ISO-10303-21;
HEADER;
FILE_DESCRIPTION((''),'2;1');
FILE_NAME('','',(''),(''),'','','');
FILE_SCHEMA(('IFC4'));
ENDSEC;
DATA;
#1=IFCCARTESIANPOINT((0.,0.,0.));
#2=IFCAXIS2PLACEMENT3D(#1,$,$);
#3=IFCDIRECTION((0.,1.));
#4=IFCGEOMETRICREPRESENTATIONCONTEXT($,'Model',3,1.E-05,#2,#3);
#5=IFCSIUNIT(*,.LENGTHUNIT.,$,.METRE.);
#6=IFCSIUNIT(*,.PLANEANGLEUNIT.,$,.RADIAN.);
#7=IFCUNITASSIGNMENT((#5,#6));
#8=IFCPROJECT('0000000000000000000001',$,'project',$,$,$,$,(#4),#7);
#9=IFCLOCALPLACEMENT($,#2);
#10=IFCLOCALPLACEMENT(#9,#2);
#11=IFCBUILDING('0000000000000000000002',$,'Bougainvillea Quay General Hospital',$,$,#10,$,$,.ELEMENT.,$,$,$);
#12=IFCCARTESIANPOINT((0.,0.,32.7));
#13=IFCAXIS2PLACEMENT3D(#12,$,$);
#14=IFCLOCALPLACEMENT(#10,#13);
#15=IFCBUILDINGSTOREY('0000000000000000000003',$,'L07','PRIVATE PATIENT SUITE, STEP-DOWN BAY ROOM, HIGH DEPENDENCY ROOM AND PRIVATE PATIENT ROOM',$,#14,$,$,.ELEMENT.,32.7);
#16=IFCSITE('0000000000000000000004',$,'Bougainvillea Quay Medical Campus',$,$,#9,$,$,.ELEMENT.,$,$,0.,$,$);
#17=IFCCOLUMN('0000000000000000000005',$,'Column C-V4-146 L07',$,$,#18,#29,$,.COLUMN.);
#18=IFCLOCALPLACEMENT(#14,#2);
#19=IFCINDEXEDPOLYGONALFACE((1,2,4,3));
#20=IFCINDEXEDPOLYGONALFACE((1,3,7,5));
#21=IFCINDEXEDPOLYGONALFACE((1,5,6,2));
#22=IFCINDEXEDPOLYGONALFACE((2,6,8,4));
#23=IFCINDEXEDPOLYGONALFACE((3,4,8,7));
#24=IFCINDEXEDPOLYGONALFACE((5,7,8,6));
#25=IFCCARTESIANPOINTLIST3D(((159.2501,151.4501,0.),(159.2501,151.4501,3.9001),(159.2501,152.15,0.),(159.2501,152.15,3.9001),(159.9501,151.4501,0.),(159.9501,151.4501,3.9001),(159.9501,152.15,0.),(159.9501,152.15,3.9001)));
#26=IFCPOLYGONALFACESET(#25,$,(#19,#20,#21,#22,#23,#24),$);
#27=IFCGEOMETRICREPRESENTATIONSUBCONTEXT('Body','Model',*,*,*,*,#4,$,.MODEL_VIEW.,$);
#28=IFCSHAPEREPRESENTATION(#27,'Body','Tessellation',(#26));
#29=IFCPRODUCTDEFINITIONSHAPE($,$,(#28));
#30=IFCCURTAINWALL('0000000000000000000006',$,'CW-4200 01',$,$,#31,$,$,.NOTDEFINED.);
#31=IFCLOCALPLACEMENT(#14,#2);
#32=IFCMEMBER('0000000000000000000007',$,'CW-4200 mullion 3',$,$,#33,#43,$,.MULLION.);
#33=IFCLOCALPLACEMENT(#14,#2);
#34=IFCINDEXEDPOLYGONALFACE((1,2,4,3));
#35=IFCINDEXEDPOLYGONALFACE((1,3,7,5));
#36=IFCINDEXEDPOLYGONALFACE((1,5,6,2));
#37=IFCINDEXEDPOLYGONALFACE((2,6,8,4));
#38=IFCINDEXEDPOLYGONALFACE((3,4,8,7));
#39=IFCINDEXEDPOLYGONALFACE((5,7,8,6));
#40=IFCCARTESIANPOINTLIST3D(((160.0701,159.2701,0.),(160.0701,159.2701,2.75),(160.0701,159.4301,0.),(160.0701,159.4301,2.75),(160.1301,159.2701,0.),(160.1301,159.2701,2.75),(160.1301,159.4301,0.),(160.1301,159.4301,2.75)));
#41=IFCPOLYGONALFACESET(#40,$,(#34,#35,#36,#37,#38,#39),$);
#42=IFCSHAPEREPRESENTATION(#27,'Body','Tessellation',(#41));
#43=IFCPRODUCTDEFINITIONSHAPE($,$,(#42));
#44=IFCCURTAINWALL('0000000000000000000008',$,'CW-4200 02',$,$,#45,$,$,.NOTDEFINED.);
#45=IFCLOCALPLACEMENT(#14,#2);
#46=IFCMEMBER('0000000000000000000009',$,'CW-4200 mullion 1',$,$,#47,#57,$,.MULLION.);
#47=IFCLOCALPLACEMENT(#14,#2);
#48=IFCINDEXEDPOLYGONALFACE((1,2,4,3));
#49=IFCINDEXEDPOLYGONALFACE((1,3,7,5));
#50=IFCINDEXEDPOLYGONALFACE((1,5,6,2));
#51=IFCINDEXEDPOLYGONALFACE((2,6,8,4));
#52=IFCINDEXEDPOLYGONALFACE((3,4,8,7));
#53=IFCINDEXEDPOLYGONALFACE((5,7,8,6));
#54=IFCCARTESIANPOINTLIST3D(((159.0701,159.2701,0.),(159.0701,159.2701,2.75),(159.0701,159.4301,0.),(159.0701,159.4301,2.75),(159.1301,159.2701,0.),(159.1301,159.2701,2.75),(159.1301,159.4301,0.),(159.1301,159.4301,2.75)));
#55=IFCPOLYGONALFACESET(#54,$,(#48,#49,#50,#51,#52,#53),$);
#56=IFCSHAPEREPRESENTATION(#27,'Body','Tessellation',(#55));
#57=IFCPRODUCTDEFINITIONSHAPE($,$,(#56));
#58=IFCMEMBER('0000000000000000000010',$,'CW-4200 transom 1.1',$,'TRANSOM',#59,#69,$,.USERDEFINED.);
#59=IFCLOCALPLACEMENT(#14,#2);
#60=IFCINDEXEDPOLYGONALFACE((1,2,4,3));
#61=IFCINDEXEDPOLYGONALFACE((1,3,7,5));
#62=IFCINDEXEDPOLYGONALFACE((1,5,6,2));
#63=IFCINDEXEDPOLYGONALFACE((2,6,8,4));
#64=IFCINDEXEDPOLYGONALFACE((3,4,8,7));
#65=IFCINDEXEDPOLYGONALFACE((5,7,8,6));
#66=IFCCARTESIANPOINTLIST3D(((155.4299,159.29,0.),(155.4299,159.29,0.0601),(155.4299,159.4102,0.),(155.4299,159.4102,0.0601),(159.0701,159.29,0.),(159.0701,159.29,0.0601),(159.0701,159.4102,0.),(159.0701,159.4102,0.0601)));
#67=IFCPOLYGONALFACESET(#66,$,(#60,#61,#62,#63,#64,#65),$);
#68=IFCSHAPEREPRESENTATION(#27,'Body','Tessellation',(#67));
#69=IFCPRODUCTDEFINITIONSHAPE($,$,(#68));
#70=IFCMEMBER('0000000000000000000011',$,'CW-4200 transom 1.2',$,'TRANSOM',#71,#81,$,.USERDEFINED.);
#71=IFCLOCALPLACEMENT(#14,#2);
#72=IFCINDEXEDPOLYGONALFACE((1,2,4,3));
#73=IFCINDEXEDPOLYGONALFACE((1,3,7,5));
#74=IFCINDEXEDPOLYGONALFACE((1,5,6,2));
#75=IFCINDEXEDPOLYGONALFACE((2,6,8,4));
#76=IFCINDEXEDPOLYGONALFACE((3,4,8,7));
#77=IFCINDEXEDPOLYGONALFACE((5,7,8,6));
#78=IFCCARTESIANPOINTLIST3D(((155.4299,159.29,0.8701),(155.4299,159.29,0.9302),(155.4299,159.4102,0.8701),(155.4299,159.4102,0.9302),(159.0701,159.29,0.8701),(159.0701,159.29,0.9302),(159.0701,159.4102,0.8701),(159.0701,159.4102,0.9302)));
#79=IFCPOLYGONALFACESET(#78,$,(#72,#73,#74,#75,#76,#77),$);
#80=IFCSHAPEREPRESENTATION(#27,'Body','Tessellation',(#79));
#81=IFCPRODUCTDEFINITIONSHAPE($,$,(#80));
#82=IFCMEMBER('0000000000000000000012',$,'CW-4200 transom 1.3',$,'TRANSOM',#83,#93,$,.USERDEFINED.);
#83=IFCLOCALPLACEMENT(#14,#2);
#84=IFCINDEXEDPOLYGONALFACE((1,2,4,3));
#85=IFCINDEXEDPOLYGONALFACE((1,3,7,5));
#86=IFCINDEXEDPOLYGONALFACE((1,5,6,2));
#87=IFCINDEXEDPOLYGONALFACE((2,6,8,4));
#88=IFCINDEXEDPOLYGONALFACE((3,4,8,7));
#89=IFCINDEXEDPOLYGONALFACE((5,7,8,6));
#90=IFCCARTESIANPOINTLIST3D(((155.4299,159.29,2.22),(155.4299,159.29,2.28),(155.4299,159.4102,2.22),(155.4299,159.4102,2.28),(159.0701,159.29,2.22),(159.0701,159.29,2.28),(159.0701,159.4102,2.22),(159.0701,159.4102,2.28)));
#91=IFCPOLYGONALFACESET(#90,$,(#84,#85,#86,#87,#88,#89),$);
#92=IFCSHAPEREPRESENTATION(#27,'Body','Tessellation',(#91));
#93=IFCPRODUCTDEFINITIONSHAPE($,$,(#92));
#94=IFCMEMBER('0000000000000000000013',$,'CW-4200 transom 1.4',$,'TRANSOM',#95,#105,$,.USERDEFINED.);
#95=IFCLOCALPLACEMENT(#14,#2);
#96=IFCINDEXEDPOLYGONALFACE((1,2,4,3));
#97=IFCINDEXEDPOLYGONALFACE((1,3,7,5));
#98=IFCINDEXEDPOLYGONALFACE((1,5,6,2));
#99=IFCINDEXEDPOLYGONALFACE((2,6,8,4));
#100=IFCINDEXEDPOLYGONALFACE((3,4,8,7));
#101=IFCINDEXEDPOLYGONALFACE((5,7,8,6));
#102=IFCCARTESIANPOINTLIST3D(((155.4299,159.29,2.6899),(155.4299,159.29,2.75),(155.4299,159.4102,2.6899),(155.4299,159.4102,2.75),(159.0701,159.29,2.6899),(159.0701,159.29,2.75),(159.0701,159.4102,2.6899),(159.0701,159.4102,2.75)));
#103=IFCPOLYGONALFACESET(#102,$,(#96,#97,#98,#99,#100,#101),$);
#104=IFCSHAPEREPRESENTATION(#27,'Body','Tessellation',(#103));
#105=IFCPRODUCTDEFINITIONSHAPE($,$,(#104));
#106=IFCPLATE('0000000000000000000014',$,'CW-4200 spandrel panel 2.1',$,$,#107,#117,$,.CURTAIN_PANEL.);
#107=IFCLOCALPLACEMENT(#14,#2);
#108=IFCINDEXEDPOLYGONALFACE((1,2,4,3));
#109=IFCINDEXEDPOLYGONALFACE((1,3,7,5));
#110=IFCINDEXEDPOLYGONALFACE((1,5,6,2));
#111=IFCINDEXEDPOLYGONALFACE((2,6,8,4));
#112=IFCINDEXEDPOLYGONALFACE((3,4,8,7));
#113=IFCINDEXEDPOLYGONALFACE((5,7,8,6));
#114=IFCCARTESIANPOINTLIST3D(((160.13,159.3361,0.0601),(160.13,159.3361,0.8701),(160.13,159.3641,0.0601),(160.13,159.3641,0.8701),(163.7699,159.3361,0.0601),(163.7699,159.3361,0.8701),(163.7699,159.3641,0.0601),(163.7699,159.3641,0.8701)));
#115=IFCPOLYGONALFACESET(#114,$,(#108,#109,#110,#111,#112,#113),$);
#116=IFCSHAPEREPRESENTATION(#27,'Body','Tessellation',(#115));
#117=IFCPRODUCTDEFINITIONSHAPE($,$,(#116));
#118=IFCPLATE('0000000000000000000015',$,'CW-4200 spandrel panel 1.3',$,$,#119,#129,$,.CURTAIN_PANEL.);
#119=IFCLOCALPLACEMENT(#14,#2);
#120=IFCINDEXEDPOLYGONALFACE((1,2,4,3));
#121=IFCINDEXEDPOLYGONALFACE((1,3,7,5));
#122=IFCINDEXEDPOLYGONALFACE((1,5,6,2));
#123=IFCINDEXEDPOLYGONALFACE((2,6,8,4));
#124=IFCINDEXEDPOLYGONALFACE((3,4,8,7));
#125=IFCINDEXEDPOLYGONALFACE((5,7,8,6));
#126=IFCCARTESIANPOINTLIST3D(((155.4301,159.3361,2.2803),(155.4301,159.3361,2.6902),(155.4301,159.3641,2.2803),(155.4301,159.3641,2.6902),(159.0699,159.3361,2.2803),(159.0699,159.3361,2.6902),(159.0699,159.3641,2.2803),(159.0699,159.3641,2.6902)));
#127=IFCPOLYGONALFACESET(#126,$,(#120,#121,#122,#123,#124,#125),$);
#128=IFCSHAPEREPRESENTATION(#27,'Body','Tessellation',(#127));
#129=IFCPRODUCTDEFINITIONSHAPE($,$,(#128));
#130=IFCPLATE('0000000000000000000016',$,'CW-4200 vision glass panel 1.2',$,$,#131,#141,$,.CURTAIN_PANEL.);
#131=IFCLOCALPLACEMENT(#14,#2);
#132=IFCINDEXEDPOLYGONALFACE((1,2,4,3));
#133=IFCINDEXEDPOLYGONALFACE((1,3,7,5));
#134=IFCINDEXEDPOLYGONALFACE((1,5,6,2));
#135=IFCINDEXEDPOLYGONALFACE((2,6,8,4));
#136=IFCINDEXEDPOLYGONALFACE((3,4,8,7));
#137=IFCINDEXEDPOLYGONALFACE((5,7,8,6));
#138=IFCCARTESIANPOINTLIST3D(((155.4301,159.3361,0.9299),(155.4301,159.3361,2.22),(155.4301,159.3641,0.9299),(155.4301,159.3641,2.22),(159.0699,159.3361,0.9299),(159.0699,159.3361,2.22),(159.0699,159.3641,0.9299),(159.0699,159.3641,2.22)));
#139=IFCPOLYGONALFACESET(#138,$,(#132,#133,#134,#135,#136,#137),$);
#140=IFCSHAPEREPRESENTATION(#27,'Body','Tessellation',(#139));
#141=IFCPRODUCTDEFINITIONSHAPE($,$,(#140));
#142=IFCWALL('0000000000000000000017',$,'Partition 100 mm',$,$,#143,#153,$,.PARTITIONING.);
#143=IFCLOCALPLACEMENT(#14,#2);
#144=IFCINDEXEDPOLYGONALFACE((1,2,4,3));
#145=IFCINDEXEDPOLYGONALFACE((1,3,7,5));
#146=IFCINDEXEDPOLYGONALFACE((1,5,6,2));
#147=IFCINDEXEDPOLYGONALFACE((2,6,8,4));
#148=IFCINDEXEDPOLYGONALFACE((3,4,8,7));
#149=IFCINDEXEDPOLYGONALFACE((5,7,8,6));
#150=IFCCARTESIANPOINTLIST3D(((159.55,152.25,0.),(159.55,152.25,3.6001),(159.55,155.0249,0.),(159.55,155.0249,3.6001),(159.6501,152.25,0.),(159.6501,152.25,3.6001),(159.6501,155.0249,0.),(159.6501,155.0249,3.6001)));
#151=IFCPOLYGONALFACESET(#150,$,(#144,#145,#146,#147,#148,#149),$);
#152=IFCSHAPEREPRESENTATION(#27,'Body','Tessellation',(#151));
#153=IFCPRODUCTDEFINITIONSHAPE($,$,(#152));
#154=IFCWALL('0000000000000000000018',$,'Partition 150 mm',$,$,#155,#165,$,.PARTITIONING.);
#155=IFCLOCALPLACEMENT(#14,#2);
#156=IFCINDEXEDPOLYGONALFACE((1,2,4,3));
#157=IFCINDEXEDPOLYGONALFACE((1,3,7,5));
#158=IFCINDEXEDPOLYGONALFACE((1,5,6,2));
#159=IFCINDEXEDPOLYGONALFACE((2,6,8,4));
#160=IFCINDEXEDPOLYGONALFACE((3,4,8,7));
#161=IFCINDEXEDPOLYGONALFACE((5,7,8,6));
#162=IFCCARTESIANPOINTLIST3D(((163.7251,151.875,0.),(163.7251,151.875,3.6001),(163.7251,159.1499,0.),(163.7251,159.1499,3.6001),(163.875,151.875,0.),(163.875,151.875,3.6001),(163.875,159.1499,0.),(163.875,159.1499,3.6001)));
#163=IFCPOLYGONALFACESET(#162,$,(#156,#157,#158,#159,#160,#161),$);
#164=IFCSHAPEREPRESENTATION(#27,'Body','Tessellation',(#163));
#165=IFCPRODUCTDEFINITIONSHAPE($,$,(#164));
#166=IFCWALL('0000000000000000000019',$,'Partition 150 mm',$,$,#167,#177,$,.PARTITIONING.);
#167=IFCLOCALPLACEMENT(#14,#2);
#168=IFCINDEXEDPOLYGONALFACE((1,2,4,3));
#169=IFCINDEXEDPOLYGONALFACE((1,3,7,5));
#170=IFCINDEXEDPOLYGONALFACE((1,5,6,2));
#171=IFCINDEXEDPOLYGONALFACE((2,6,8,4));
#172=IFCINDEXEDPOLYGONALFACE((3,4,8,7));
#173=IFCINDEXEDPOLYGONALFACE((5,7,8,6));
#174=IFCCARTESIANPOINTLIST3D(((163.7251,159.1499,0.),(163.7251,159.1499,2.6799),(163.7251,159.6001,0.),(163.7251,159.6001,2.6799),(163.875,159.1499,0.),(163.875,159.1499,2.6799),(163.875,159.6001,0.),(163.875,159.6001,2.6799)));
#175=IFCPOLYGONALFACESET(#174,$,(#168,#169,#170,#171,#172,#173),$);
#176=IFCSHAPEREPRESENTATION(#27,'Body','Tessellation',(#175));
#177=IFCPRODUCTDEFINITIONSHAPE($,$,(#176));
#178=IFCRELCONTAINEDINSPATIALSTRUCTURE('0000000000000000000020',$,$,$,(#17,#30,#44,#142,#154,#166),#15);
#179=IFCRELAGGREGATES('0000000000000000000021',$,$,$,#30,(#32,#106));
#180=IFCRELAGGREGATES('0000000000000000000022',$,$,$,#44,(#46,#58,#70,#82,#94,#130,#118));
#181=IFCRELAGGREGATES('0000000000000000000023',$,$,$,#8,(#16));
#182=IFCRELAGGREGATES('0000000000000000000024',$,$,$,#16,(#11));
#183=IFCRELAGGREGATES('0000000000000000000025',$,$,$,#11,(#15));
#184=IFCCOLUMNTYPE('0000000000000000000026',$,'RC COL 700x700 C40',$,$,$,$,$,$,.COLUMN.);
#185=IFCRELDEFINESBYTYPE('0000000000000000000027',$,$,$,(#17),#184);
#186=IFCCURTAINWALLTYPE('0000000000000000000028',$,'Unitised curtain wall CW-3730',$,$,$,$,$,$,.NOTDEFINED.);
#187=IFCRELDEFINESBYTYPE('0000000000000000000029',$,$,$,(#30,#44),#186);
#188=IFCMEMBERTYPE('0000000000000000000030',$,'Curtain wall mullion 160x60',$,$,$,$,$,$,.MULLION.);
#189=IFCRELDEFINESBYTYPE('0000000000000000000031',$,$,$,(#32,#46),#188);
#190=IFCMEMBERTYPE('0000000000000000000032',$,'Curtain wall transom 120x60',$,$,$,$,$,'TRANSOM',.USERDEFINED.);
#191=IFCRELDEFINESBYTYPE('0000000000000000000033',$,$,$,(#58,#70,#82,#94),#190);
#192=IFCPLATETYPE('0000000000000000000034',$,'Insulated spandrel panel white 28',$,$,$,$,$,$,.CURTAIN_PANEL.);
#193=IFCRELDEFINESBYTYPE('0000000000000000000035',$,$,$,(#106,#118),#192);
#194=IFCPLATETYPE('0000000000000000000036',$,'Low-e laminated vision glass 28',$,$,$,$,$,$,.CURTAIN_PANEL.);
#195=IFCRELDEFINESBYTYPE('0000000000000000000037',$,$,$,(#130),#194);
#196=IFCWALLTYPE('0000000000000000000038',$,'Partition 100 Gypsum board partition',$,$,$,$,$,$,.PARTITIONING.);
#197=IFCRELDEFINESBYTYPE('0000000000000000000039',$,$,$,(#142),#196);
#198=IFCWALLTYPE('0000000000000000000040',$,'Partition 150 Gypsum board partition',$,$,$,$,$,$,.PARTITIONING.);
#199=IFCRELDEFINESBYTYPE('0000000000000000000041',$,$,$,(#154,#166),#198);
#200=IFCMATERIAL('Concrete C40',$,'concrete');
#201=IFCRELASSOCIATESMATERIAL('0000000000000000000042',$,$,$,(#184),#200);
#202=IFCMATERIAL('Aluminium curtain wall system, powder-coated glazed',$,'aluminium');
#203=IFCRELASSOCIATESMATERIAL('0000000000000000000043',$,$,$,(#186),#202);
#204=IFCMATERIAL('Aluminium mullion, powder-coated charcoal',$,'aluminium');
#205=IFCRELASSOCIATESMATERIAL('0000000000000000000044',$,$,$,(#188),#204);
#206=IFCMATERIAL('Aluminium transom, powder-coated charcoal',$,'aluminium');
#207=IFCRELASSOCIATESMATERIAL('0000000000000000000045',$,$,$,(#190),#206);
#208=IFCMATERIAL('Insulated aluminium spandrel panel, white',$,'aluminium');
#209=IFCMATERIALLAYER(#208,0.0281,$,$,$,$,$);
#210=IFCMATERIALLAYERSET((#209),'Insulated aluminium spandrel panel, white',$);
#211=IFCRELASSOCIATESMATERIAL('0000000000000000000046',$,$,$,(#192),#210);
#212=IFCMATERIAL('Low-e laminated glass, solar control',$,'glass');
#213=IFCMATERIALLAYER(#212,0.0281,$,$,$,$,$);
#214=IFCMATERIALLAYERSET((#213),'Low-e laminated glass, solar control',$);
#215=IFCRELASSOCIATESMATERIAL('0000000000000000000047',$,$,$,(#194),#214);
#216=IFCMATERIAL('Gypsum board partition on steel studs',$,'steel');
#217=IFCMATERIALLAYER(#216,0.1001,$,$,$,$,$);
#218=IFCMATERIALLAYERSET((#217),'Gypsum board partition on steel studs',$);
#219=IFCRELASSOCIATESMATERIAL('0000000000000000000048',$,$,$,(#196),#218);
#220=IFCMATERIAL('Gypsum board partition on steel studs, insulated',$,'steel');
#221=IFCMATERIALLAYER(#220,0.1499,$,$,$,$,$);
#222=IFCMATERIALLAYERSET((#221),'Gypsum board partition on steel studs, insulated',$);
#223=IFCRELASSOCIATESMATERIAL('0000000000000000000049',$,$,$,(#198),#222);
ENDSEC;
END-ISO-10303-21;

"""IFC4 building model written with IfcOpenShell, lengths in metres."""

from ifc_helpers import new_model, si_unit, direction, frame, frame_2d, origin, origin_2d, place, context, subcontext, project, spatial, rectangle, extrude, material, layer, layer_set, material_profile, profile_set, type_object, element, aggregate, save


model = new_model("IFC4")

# Units and contexts
model_context = context("Model", 3, precision=1e-05, world=origin(), true_north=direction((0.0, 1.0)))
body_context = subcontext(model_context, "Body", "Model", "MODEL_VIEW")
ifc_project = project(units=[si_unit("LENGTHUNIT", "METRE"), si_unit("PLANEANGLEUNIT", "RADIAN")], contexts=[model_context])

# Site, building, storey
site_placement = place(None, origin())
site = spatial("IfcSite", under=ifc_project, at=site_placement, Name="Bougainvillea Quay Medical Campus", CompositionType="ELEMENT", RefElevation=0.0)
building_placement = place(site_placement, origin())
building = spatial("IfcBuilding", under=site, at=building_placement, Name="Bougainvillea Quay General Hospital", CompositionType="ELEMENT")
storey_placement = place(building_placement, frame((0.0, 0.0, 32.7)))
storey = spatial("IfcBuildingStorey", under=building, at=storey_placement, Name="L07", Description="PRIVATE PATIENT SUITE, STEP-DOWN BAY ROOM, HIGH DEPENDENCY ROOM AND PRIVATE PATIENT ROOM", CompositionType="ELEMENT", Elevation=32.7)

# Column
ifc_material_1 = material(Name="Concrete C40", Category="concrete")
ifc_material_profile_1 = material_profile(ifc_material_1, rectangle(XDim=0.7, YDim=0.7, at=origin_2d()))
ifc_profile_set_1 = profile_set([ifc_material_profile_1], Name="Concrete C40")
column_type = type_object("IfcColumnType", Name="RC COL 700x700 C40", PredefinedType="COLUMN", material=ifc_profile_set_1)
column_placement = place(storey_placement, frame((159.6001, 151.8, 0.0), z_axis=(0.0, 0.0, 1.0), x_axis=(1.0, 0.0, 0.0)))
element("IfcColumn", 1, at=column_placement, inside=storey, type_object=column_type, Name="Column C-V4-146 L07", PredefinedType="COLUMN", context=body_context, shape_type="SweptSolid", body=[
    extrude(rectangle(XDim=0.7, YDim=0.7, at=origin_2d()), origin(), (0.0, 0.0, 1.0), 3.9001),
])

# Curtain wall, member
ifc_material_2 = material(Name="Aluminium curtain wall system, powder-coated glazed", Category="aluminium")
curtain_wall_type = type_object("IfcCurtainWallType", Name="Unitised curtain wall CW-3730", PredefinedType="NOTDEFINED", material=ifc_material_2)
curtain_wall_1_placement = place(storey_placement, origin())
curtain_wall_1 = element("IfcCurtainWall", 2, at=curtain_wall_1_placement, inside=storey, type_object=curtain_wall_type, Name="CW-4200 01", PredefinedType="NOTDEFINED")
ifc_material_3 = material(Name="Aluminium mullion, powder-coated charcoal", Category="aluminium")
ifc_material_profile_2 = material_profile(ifc_material_3, rectangle(XDim=0.1599, YDim=0.0601, at=origin_2d()))
ifc_profile_set_2 = profile_set([ifc_material_profile_2], Name="Aluminium mullion, powder-coated charcoal")
member_type_1 = type_object("IfcMemberType", Name="Curtain wall mullion 160x60", PredefinedType="MULLION", material=ifc_profile_set_2)
member_1_placement = place(storey_placement, frame((160.1001, 159.3501, 0.0), z_axis=(0.0, 0.0, 1.0), x_axis=(0.0, -1.0, 0.0)))
member_1 = element("IfcMember", 3, at=member_1_placement, type_object=member_type_1, Name="CW-4200 mullion 3", PredefinedType="MULLION", context=body_context, shape_type="SweptSolid", body=[
    extrude(rectangle(XDim=0.1599, YDim=0.0601, at=origin_2d()), origin(), (0.0, 0.0, 1.0), 2.75),
])

# Curtain wall, members
curtain_wall_2_placement = place(storey_placement, origin())
curtain_wall_2 = element("IfcCurtainWall", 4, at=curtain_wall_2_placement, inside=storey, type_object=curtain_wall_type, Name="CW-4200 02", PredefinedType="NOTDEFINED")
member_2_placement = place(storey_placement, frame((159.1001, 159.3501, 0.0), z_axis=(0.0, 0.0, 1.0), x_axis=(0.0, -1.0, 0.0)))
member_2 = element("IfcMember", 5, at=member_2_placement, type_object=member_type_1, Name="CW-4200 mullion 1", PredefinedType="MULLION", context=body_context, shape_type="SweptSolid", body=[
    extrude(rectangle(XDim=0.1599, YDim=0.0601, at=origin_2d()), origin(), (0.0, 0.0, 1.0), 2.75),
])
ifc_material_4 = material(Name="Aluminium transom, powder-coated charcoal", Category="aluminium")
ifc_material_profile_3 = material_profile(ifc_material_4, rectangle(XDim=0.1201, YDim=0.0601, at=origin_2d()))
ifc_profile_set_3 = profile_set([ifc_material_profile_3], Name="Aluminium transom, powder-coated charcoal")
member_type_2 = type_object("IfcMemberType", Name="Curtain wall transom 120x60", ElementType="TRANSOM", PredefinedType="USERDEFINED", material=ifc_profile_set_3)
member_3_placement = place(storey_placement, frame((159.0701, 159.3501, 0.03), z_axis=(-1.0, 0.0, 0.0), x_axis=(0.0, -1.0, 0.0)))
member_3 = element("IfcMember", 6, at=member_3_placement, type_object=member_type_2, Name="CW-4200 transom 1.1", ObjectType="TRANSOM", PredefinedType="USERDEFINED", context=body_context, shape_type="SweptSolid", body=[
    extrude(rectangle(XDim=0.1201, YDim=0.0601, at=origin_2d()), origin(), (0.0, 0.0, 1.0), 3.6401),
])
member_4_placement = place(storey_placement, frame((159.0701, 159.3501, 0.9001), z_axis=(-1.0, 0.0, 0.0), x_axis=(0.0, -1.0, 0.0)))
member_4 = element("IfcMember", 7, at=member_4_placement, type_object=member_type_2, Name="CW-4200 transom 1.2", ObjectType="TRANSOM", PredefinedType="USERDEFINED", context=body_context, shape_type="SweptSolid", body=[
    extrude(rectangle(XDim=0.1201, YDim=0.0601, at=origin_2d()), origin(), (0.0, 0.0, 1.0), 3.6401),
])
member_5_placement = place(storey_placement, frame((159.0701, 159.3501, 2.25), z_axis=(-1.0, 0.0, 0.0), x_axis=(0.0, -1.0, 0.0)))
member_5 = element("IfcMember", 8, at=member_5_placement, type_object=member_type_2, Name="CW-4200 transom 1.3", ObjectType="TRANSOM", PredefinedType="USERDEFINED", context=body_context, shape_type="SweptSolid", body=[
    extrude(rectangle(XDim=0.1201, YDim=0.0601, at=origin_2d()), origin(), (0.0, 0.0, 1.0), 3.6401),
])
member_6_placement = place(storey_placement, frame((159.0701, 159.3501, 2.72), z_axis=(-1.0, 0.0, 0.0), x_axis=(0.0, -1.0, 0.0)))
member_6 = element("IfcMember", 9, at=member_6_placement, type_object=member_type_2, Name="CW-4200 transom 1.4", ObjectType="TRANSOM", PredefinedType="USERDEFINED", context=body_context, shape_type="SweptSolid", body=[
    extrude(rectangle(XDim=0.1201, YDim=0.0601, at=origin_2d()), origin(), (0.0, 0.0, 1.0), 3.6401),
])

# Plates
ifc_material_5 = material(Name="Insulated aluminium spandrel panel, white", Category="aluminium")
ifc_layer_1 = layer(ifc_material_5, 0.0281)
ifc_layer_set_1 = layer_set([ifc_layer_1], Name="Insulated aluminium spandrel panel, white")
plate_type_1 = type_object("IfcPlateType", Name="Insulated spandrel panel white 28", PredefinedType="CURTAIN_PANEL", material=ifc_layer_set_1)
plate_1_placement = place(storey_placement, frame((161.95, 159.3501, 0.0601), z_axis=(0.0, 0.0, 1.0), x_axis=(-1.0, 0.0, 0.0)))
plate_1 = element("IfcPlate", 10, at=plate_1_placement, type_object=plate_type_1, Name="CW-4200 spandrel panel 2.1", PredefinedType="CURTAIN_PANEL", context=body_context, shape_type="SweptSolid", body=[
    extrude(rectangle(XDim=3.6399, YDim=0.0281, at=origin_2d()), origin(), (0.0, 0.0, 1.0), 0.8101),
])
aggregate(curtain_wall_1, [member_1, plate_1])
plate_2_placement = place(storey_placement, frame((157.25, 159.3501, 2.2803), z_axis=(0.0, 0.0, 1.0), x_axis=(-1.0, 0.0, 0.0)))
plate_2 = element("IfcPlate", 11, at=plate_2_placement, type_object=plate_type_1, Name="CW-4200 spandrel panel 1.3", PredefinedType="CURTAIN_PANEL", context=body_context, shape_type="SweptSolid", body=[
    extrude(rectangle(XDim=3.6399, YDim=0.0281, at=origin_2d()), origin(), (0.0, 0.0, 1.0), 0.4099),
])
ifc_material_6 = material(Name="Low-e laminated glass, solar control", Category="glass")
ifc_layer_2 = layer(ifc_material_6, 0.0281)
ifc_layer_set_2 = layer_set([ifc_layer_2], Name="Low-e laminated glass, solar control")
plate_type_2 = type_object("IfcPlateType", Name="Low-e laminated vision glass 28", PredefinedType="CURTAIN_PANEL", material=ifc_layer_set_2)
plate_3_placement = place(storey_placement, frame((157.25, 159.3501, 0.9299), z_axis=(0.0, 0.0, 1.0), x_axis=(-1.0, 0.0, 0.0)))
plate_3 = element("IfcPlate", 12, at=plate_3_placement, type_object=plate_type_2, Name="CW-4200 vision glass panel 1.2", PredefinedType="CURTAIN_PANEL", context=body_context, shape_type="SweptSolid", body=[
    extrude(rectangle(XDim=3.6399, YDim=0.0281, at=origin_2d()), origin(), (0.0, 0.0, 1.0), 1.29),
])
aggregate(curtain_wall_2, [member_2, member_3, member_4, member_5, member_6, plate_3, plate_2])

# Walls
ifc_material_7 = material(Name="Gypsum board partition on steel studs", Category="steel")
ifc_layer_3 = layer(ifc_material_7, 0.1001)
ifc_layer_set_3 = layer_set([ifc_layer_3], Name="Gypsum board partition on steel studs")
wall_type_1 = type_object("IfcWallType", Name="Partition 100 Gypsum board partition", PredefinedType="PARTITIONING", material=ifc_layer_set_3)
wall_1_placement = place(storey_placement, frame((159.6001, 152.25, 0.0), z_axis=(0.0, 0.0, 1.0), x_axis=(0.0, 1.0, 0.0)))
element("IfcWall", 13, at=wall_1_placement, inside=storey, type_object=wall_type_1, Name="Partition 100 mm", PredefinedType="PARTITIONING", context=body_context, shape_type="SweptSolid", body=[
    extrude(rectangle(XDim=2.7749, YDim=0.1001, at=frame_2d((1.3875, 0.0))), origin(), (0.0, 0.0, 1.0), 3.6001),
])
ifc_material_8 = material(Name="Gypsum board partition on steel studs, insulated", Category="steel")
ifc_layer_4 = layer(ifc_material_8, 0.1499)
ifc_layer_set_4 = layer_set([ifc_layer_4], Name="Gypsum board partition on steel studs, insulated")
wall_type_2 = type_object("IfcWallType", Name="Partition 150 Gypsum board partition", PredefinedType="PARTITIONING", material=ifc_layer_set_4)
wall_2_placement = place(storey_placement, frame((163.8, 151.875, 0.0), z_axis=(0.0, 0.0, 1.0), x_axis=(0.0, 1.0, 0.0)))
element("IfcWall", 14, at=wall_2_placement, inside=storey, type_object=wall_type_2, Name="Partition 150 mm", PredefinedType="PARTITIONING", context=body_context, shape_type="SweptSolid", body=[
    extrude(rectangle(XDim=7.2749, YDim=0.1499, at=frame_2d((3.6375, 0.0))), origin(), (0.0, 0.0, 1.0), 3.6001),
])
wall_3_placement = place(storey_placement, frame((163.8, 159.1499, 0.0), z_axis=(0.0, 0.0, 1.0), x_axis=(0.0, 1.0, 0.0)))
element("IfcWall", 15, at=wall_3_placement, inside=storey, type_object=wall_type_2, Name="Partition 150 mm", PredefinedType="PARTITIONING", context=body_context, shape_type="SweptSolid", body=[
    extrude(rectangle(XDim=0.4502, YDim=0.1499, at=frame_2d((0.2251, 0.0))), origin(), (0.0, 0.0, 1.0), 2.6799),
])

save(model, "model.ifc")
